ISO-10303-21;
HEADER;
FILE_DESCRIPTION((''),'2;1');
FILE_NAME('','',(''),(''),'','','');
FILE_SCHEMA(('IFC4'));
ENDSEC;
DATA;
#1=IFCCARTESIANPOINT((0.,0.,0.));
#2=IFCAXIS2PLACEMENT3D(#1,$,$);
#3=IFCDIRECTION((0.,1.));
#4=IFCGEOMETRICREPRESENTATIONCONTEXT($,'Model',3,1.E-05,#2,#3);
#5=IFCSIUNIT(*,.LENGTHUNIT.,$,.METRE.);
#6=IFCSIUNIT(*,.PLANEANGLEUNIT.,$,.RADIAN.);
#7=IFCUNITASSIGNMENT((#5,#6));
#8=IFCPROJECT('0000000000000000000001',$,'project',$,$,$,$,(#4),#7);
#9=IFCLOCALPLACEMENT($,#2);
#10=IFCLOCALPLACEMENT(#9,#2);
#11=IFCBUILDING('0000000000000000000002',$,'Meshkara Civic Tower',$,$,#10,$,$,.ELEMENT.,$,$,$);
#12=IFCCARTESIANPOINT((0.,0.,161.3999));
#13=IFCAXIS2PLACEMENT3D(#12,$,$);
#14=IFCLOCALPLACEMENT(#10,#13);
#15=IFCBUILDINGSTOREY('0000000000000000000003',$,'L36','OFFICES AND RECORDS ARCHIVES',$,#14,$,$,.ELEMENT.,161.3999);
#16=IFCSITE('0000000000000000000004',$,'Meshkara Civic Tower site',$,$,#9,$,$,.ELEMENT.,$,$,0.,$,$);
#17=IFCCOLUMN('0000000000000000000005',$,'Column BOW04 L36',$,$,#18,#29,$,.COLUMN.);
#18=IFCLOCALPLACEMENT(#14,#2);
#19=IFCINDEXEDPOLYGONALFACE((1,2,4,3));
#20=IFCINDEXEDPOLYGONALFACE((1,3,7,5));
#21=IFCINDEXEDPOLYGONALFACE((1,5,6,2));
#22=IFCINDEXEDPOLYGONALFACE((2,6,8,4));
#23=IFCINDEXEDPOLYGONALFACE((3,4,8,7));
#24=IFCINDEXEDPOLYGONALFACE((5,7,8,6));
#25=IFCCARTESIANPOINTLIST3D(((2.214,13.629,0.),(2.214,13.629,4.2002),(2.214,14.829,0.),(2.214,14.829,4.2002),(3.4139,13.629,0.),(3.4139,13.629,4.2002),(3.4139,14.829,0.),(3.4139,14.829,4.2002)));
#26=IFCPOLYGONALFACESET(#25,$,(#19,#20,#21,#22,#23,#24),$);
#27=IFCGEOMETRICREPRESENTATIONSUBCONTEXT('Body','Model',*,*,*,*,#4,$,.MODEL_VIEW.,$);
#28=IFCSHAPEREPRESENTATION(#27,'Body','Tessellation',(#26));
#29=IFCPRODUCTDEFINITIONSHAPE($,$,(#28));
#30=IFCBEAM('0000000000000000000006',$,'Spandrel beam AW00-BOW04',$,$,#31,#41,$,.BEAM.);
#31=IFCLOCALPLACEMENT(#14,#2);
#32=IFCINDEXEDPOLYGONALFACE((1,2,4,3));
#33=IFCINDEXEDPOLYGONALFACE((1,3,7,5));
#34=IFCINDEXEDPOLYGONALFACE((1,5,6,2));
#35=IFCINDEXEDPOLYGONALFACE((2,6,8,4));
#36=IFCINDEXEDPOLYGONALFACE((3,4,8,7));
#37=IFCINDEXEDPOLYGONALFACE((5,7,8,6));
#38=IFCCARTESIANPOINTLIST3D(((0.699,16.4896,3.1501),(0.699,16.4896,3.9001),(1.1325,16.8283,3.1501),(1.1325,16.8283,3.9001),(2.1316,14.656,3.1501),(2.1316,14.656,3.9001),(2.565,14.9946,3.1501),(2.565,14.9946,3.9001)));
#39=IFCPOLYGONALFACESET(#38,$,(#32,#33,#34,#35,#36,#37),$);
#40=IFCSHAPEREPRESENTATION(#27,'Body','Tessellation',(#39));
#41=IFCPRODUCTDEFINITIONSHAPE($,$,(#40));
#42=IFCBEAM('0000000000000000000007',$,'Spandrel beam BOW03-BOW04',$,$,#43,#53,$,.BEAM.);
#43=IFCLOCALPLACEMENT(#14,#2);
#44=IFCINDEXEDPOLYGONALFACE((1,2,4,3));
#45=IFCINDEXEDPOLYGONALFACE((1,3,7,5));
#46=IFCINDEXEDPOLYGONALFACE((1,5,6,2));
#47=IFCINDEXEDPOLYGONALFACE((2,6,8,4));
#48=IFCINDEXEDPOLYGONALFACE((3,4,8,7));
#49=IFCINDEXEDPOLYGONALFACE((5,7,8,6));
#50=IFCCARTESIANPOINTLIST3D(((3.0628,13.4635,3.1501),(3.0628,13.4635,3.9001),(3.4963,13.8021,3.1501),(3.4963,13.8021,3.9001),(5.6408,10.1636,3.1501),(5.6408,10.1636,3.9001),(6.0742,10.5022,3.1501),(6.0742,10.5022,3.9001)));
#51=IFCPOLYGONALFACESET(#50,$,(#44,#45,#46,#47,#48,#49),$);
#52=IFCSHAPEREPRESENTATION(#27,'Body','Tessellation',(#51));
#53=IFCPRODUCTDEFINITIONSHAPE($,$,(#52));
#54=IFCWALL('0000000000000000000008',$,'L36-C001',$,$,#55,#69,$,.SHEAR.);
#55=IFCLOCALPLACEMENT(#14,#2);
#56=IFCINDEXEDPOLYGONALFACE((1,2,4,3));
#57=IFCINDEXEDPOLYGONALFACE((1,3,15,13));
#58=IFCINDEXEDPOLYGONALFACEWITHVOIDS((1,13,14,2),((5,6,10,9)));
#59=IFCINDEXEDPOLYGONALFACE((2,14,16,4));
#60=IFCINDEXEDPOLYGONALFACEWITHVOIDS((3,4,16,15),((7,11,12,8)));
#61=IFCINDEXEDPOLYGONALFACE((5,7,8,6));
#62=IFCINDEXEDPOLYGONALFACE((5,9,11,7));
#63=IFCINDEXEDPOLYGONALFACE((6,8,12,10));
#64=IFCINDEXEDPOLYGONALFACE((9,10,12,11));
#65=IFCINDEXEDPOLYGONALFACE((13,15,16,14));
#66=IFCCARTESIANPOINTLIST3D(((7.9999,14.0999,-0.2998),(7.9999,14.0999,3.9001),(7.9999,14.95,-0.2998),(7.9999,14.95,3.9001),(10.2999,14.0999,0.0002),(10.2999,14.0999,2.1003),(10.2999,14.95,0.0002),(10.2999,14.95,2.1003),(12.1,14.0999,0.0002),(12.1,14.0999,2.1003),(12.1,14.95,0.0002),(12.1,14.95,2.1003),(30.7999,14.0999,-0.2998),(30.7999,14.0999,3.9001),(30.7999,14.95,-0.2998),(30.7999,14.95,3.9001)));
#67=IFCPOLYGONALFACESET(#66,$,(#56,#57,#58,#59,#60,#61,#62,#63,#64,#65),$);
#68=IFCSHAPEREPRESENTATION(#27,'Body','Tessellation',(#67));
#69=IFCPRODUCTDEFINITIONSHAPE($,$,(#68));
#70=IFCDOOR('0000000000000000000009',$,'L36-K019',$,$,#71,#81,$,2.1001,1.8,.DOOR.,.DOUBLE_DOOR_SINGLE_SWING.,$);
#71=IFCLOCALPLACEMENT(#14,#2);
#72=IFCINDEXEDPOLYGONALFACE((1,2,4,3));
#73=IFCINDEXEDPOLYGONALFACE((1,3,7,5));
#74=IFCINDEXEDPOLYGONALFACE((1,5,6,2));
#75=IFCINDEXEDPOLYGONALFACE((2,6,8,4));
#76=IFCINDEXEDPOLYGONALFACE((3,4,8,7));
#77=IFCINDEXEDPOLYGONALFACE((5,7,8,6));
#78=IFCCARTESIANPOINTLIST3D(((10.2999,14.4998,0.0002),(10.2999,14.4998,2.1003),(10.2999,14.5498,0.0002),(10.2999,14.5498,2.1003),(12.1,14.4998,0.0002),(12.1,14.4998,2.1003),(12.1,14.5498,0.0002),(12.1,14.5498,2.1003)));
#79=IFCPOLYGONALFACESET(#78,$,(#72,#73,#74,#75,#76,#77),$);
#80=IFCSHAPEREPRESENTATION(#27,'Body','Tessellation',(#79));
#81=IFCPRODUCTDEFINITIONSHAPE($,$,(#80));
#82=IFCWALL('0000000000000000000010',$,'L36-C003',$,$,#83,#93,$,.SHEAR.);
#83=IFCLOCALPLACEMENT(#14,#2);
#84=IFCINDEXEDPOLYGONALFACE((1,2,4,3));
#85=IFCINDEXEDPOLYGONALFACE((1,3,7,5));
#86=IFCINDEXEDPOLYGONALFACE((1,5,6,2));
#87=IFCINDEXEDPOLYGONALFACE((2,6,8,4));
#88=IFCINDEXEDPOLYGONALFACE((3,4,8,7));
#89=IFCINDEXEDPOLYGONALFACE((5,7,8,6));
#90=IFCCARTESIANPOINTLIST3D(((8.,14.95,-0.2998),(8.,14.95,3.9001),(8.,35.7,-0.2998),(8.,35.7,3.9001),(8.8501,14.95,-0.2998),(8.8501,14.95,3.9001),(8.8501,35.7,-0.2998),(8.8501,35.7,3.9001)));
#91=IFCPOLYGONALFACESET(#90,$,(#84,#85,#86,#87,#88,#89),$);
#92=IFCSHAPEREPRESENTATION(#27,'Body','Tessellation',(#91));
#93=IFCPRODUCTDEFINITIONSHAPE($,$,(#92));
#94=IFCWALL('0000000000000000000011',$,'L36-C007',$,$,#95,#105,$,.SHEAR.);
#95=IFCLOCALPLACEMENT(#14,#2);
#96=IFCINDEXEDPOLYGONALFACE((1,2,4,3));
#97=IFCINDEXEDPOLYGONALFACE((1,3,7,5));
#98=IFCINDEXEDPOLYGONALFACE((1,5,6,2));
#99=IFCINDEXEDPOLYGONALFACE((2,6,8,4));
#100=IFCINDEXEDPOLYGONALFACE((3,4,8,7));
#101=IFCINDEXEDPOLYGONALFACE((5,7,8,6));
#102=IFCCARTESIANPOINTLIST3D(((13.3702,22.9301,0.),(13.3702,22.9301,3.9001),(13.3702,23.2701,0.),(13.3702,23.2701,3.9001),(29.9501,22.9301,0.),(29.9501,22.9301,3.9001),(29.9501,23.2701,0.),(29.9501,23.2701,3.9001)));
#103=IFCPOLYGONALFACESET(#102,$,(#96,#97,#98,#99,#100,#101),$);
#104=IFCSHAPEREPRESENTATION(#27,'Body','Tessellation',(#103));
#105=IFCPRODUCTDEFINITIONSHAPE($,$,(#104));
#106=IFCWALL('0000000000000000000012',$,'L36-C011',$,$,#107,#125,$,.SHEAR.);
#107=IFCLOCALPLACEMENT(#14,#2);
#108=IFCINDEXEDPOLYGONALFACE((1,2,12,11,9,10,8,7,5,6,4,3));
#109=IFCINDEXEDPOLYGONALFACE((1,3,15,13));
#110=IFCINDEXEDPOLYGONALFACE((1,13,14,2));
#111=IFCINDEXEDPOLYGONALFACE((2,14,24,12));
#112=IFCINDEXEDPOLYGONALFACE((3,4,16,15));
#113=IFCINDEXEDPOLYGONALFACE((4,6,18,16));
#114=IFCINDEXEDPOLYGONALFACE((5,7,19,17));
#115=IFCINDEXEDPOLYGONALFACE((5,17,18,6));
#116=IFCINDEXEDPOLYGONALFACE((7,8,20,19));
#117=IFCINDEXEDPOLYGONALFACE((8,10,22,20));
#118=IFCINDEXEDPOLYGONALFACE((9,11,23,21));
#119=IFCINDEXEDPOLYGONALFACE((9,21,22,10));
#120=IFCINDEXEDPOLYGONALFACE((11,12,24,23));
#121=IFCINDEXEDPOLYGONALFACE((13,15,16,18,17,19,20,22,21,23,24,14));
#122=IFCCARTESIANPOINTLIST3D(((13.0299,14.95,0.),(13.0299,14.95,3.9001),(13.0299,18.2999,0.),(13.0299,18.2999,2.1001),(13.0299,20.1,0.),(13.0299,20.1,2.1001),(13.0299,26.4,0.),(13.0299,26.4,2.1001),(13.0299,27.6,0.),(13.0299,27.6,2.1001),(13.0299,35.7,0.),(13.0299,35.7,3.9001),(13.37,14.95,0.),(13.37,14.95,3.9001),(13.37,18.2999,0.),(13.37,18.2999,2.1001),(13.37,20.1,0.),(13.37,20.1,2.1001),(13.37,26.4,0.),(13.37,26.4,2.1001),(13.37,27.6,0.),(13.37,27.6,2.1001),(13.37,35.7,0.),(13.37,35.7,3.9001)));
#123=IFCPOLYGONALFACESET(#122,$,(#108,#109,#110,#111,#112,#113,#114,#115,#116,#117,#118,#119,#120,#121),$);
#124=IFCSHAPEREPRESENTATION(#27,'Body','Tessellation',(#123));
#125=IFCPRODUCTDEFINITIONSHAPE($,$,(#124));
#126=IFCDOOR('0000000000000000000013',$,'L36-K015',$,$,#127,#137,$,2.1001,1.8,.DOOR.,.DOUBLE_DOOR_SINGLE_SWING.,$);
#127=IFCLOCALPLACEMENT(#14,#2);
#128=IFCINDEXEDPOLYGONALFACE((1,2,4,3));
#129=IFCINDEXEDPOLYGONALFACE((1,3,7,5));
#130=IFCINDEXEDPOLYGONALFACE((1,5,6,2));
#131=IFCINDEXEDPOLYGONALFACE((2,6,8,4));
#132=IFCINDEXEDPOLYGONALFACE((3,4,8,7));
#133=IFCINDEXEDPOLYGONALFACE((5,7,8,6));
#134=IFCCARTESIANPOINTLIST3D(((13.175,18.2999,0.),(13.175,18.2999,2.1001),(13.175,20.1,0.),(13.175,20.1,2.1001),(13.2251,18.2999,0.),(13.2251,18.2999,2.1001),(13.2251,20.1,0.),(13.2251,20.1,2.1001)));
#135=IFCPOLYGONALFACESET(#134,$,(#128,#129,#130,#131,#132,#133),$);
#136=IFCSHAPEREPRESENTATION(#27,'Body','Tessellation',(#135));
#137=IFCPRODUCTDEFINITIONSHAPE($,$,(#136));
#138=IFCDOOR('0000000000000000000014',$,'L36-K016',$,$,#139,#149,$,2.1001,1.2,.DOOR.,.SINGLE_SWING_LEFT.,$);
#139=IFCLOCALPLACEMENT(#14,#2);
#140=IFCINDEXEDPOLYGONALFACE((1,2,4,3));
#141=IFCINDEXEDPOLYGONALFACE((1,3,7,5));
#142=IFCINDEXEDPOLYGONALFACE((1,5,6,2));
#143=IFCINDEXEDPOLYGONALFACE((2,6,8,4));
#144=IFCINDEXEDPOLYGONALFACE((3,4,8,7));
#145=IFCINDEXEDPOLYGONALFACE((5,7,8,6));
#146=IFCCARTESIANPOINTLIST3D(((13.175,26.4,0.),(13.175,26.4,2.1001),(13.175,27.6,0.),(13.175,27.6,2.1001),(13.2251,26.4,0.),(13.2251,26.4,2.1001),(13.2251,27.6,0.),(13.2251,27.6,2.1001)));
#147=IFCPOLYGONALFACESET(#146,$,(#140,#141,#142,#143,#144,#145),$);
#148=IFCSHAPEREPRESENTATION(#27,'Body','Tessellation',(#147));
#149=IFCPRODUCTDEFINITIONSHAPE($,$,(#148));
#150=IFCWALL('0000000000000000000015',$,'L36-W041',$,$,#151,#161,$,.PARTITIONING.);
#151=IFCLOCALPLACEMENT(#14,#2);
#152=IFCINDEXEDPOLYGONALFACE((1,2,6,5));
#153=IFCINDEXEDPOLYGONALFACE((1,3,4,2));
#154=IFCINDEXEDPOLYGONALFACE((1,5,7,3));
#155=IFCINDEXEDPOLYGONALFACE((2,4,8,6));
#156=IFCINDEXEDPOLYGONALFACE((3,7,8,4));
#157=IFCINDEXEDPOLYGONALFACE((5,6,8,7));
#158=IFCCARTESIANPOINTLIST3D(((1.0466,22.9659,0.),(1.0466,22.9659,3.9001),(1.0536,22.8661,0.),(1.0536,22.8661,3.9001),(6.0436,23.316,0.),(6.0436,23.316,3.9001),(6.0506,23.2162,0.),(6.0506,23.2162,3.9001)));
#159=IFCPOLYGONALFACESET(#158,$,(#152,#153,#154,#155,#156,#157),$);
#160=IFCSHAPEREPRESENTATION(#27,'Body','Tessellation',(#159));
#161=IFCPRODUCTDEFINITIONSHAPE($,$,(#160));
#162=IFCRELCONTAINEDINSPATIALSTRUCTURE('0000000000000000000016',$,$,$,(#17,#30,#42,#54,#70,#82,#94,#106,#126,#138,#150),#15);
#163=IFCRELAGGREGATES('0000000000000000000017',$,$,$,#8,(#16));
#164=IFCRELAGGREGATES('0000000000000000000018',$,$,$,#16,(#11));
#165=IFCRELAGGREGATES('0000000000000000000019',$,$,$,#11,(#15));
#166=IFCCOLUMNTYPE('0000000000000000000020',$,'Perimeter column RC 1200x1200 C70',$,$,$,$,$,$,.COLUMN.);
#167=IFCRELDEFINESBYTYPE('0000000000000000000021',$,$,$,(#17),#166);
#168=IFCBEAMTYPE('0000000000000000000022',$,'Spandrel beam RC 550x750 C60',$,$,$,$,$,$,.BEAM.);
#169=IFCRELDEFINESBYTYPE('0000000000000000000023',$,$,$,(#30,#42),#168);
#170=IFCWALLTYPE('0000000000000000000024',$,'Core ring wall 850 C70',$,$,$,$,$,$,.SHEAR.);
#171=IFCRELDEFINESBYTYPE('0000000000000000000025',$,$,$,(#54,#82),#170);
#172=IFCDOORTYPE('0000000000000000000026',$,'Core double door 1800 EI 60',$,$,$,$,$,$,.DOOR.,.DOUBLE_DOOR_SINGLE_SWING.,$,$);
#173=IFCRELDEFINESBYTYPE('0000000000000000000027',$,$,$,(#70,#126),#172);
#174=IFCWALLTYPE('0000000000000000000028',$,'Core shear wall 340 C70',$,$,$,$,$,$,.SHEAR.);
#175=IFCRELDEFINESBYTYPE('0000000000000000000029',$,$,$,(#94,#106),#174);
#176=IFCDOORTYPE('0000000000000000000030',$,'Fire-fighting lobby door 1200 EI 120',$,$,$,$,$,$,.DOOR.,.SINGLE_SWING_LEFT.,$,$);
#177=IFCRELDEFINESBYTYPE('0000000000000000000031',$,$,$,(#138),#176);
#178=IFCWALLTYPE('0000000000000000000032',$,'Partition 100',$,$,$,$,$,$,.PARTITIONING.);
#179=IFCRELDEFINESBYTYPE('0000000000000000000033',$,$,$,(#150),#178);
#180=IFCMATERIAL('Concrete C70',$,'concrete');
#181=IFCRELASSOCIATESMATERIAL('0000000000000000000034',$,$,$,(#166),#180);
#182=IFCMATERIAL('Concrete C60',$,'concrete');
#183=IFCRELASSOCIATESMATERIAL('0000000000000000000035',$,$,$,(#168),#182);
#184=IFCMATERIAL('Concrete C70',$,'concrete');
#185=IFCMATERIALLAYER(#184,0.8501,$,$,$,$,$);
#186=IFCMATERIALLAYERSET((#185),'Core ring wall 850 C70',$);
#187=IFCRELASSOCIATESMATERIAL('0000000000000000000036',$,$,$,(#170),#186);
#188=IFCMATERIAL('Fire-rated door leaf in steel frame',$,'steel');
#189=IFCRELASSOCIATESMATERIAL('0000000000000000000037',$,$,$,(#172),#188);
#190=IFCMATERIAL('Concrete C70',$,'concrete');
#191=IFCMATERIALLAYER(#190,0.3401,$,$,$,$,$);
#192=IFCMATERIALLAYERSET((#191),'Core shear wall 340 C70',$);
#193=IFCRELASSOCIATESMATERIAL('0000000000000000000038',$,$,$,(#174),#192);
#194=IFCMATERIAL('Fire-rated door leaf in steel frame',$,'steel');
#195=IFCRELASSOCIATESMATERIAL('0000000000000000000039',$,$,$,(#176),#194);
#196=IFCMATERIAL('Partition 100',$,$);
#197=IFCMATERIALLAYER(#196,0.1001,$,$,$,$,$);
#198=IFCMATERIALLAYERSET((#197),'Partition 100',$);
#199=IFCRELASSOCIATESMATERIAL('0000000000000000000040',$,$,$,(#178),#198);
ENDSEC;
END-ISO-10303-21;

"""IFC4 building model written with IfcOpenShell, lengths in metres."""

from ifc_helpers import new_model, si_unit, direction, frame, frame_2d, origin, origin_2d, place, context, subcontext, project, spatial, rectangle, extrude, material, layer, layer_set, material_profile, profile_set, type_object, element, fill, save


model = new_model("IFC4")

# Units and contexts
model_context = context("Model", 3, precision=1e-05, world=origin(), true_north=direction((0.0, 1.0)))
body_context = subcontext(model_context, "Body", "Model", "MODEL_VIEW")
ifc_project = project(units=[si_unit("LENGTHUNIT", "METRE"), si_unit("PLANEANGLEUNIT", "RADIAN")], contexts=[model_context])

# Site, building, storey
site_placement = place(None, origin())
site = spatial("IfcSite", under=ifc_project, at=site_placement, Name="Meshkara Civic Tower site", CompositionType="ELEMENT", RefElevation=0.0)
building_placement = place(site_placement, origin())
building = spatial("IfcBuilding", under=site, at=building_placement, Name="Meshkara Civic Tower", CompositionType="ELEMENT")
storey_placement = place(building_placement, frame((0.0, 0.0, 161.3999)))
storey = spatial("IfcBuildingStorey", under=building, at=storey_placement, Name="L36", Description="OFFICES AND RECORDS ARCHIVES", CompositionType="ELEMENT", Elevation=161.3999)

# Column
ifc_material_1 = material(Name="Concrete C70", Category="concrete")
ifc_material_profile_1 = material_profile(ifc_material_1, rectangle(XDim=1.2, YDim=1.2, at=origin_2d()))
ifc_profile_set_1 = profile_set([ifc_material_profile_1], Name="Concrete C70")
column_type = type_object("IfcColumnType", Name="Perimeter column RC 1200x1200 C70", PredefinedType="COLUMN", material=ifc_profile_set_1)
column_placement = place(storey_placement, frame((2.814, 14.229, 0.0), z_axis=(0.0, 0.0, 1.0), x_axis=(1.0, 0.0, 0.0)))
element("IfcColumn", 1, at=column_placement, inside=storey, type_object=column_type, Name="Column BOW04 L36", PredefinedType="COLUMN", context=body_context, shape_type="SweptSolid", body=[
    extrude(rectangle(XDim=1.2, YDim=1.2, at=origin_2d()), origin(), (0.0, 0.0, 1.0), 4.2002),
])

# Beams
ifc_material_2 = material(Name="Concrete C60", Category="concrete")
ifc_material_profile_2 = material_profile(ifc_material_2, rectangle(XDim=0.55, YDim=0.75, at=origin_2d()))
ifc_profile_set_2 = profile_set([ifc_material_profile_2], Name="Concrete C60")
beam_type = type_object("IfcBeamType", Name="Spandrel beam RC 550x750 C60", PredefinedType="BEAM", material=ifc_profile_set_2)
beam_1_placement = place(storey_placement, frame((0.9158, 16.6589, 3.5251), z_axis=(0.615646, -0.788023, 0.0), x_axis=(0.788023, 0.615646, 0.0)))
element("IfcBeam", 2, at=beam_1_placement, inside=storey, type_object=beam_type, Name="Spandrel beam AW00-BOW04", PredefinedType="BEAM", context=body_context, shape_type="SweptSolid", body=[
    extrude(rectangle(XDim=0.55, YDim=0.75, at=origin_2d()), origin(), (0.0, 0.0, 1.0), 2.3269),
])
beam_2_placement = place(storey_placement, frame((3.2795, 13.6328, 3.5251), z_axis=(0.61563, -0.788035, 0.0), x_axis=(0.788035, 0.61563, 0.0)))
element("IfcBeam", 3, at=beam_2_placement, inside=storey, type_object=beam_type, Name="Spandrel beam BOW03-BOW04", PredefinedType="BEAM", context=body_context, shape_type="SweptSolid", body=[
    extrude(rectangle(XDim=0.55, YDim=0.75, at=origin_2d()), origin(), (0.0, 0.0, 1.0), 4.1875),
])

# Wall, opening, door
ifc_material_3 = material(Name="Concrete C70", Category="concrete")
ifc_layer_1 = layer(ifc_material_3, 0.8501)
ifc_layer_set_1 = layer_set([ifc_layer_1], Name="Core ring wall 850 C70")
wall_type_1 = type_object("IfcWallType", Name="Core ring wall 850 C70", PredefinedType="SHEAR", material=ifc_layer_set_1)
wall_1_placement = place(storey_placement, frame((8.0, 14.5249, -0.2998), z_axis=(0.0, 0.0, 1.0), x_axis=(1.0, 0.0, 0.0)))
wall_1 = element("IfcWall", 4, at=wall_1_placement, inside=storey, type_object=wall_type_1, Name="L36-C001", PredefinedType="SHEAR", context=body_context, shape_type="SweptSolid", body=[
    extrude(rectangle(XDim=22.8, YDim=0.8501, at=frame_2d((11.3999, 0.0))), origin(), (0.0, 0.0, 1.0), 4.2),
])
opening_1_placement = place(wall_1_placement, frame((2.3, 0.0, 0.3)))
opening_1 = element("IfcOpeningElement", 5, at=opening_1_placement, cuts=wall_1, PredefinedType="OPENING", context=body_context, shape_type="SweptSolid", body=[
    extrude(rectangle(XDim=1.8, YDim=2.1001, at=frame_2d((0.8999, 1.05))), frame((0.0, 0.4351, 0.0), z_axis=(0.0, -1.0, 0.0), x_axis=(1.0, 0.0, 0.0)), (0.0, 0.0, 1.0), 0.8701),
])
ifc_material_4 = material(Name="Fire-rated door leaf in steel frame", Category="steel")
door_type_1 = type_object("IfcDoorType", Name="Core double door 1800 EI 60", OperationType="DOUBLE_DOOR_SINGLE_SWING", PredefinedType="DOOR", material=ifc_material_4)
door_1_placement = place(opening_1_placement, origin())
door_1 = element("IfcDoor", 6, at=door_1_placement, inside=storey, type_object=door_type_1, Name="L36-K019", OperationType="DOUBLE_DOOR_SINGLE_SWING", OverallHeight=2.1001, OverallWidth=1.8, PredefinedType="DOOR", context=body_context, shape_type="SweptSolid", body=[
    extrude(rectangle(XDim=1.8, YDim=2.1001, at=frame_2d((0.8999, 1.05))), frame((0.0, 0.0249, 0.0), z_axis=(0.0, -1.0, 0.0), x_axis=(1.0, 0.0, 0.0)), (0.0, 0.0, 1.0), 0.05),
])
fill(opening_1, door_1)

# Walls
wall_2_placement = place(storey_placement, frame((8.425, 14.95, -0.2998), z_axis=(0.0, 0.0, 1.0), x_axis=(0.0, 1.0, 0.0)))
element("IfcWall", 7, at=wall_2_placement, inside=storey, type_object=wall_type_1, Name="L36-C003", PredefinedType="SHEAR", context=body_context, shape_type="SweptSolid", body=[
    extrude(rectangle(XDim=20.75, YDim=0.8501, at=frame_2d((10.375, 0.0))), origin(), (0.0, 0.0, 1.0), 4.2),
])
ifc_material_5 = material(Name="Concrete C70", Category="concrete")
ifc_layer_2 = layer(ifc_material_5, 0.3401)
ifc_layer_set_2 = layer_set([ifc_layer_2], Name="Core shear wall 340 C70")
wall_type_2 = type_object("IfcWallType", Name="Core shear wall 340 C70", PredefinedType="SHEAR", material=ifc_layer_set_2)
wall_3_placement = place(storey_placement, frame((13.3701, 23.1001, 0.0), z_axis=(0.0, 0.0, 1.0), x_axis=(1.0, 0.0, 0.0)))
element("IfcWall", 8, at=wall_3_placement, inside=storey, type_object=wall_type_2, Name="L36-C007", PredefinedType="SHEAR", context=body_context, shape_type="SweptSolid", body=[
    extrude(rectangle(XDim=16.5798, YDim=0.3401, at=frame_2d((8.29, 0.0))), origin(), (0.0, 0.0, 1.0), 3.9001),
])

# Wall, openings, doors
wall_4_placement = place(storey_placement, frame((13.2, 14.95, 0.0), z_axis=(0.0, 0.0, 1.0), x_axis=(0.0, 1.0, 0.0)))
wall_4 = element("IfcWall", 9, at=wall_4_placement, inside=storey, type_object=wall_type_2, Name="L36-C011", PredefinedType="SHEAR", context=body_context, shape_type="SweptSolid", body=[
    extrude(rectangle(XDim=20.75, YDim=0.3401, at=frame_2d((10.375, 0.0))), origin(), (0.0, 0.0, 1.0), 3.9001),
])
opening_2_placement = place(wall_4_placement, frame((3.3501, 0.0, 0.0)))
opening_2 = element("IfcOpeningElement", 10, at=opening_2_placement, cuts=wall_4, PredefinedType="OPENING", context=body_context, shape_type="SweptSolid", body=[
    extrude(rectangle(XDim=1.8, YDim=2.1001, at=frame_2d((0.8999, 1.05))), frame((0.0, 0.1799, 0.0), z_axis=(0.0, -1.0, 0.0), x_axis=(1.0, 0.0, 0.0)), (0.0, 0.0, 1.0), 0.3601),
])
opening_3_placement = place(wall_4_placement, frame((11.45, 0.0, 0.0)))
opening_3 = element("IfcOpeningElement", 11, at=opening_3_placement, cuts=wall_4, PredefinedType="OPENING", context=body_context, shape_type="SweptSolid", body=[
    extrude(rectangle(XDim=1.2, YDim=2.1001, at=frame_2d((0.6001, 1.05))), frame((0.0, 0.1799, 0.0), z_axis=(0.0, -1.0, 0.0), x_axis=(1.0, 0.0, 0.0)), (0.0, 0.0, 1.0), 0.3601),
])
door_2_placement = place(opening_2_placement, origin())
door_2 = element("IfcDoor", 12, at=door_2_placement, inside=storey, type_object=door_type_1, Name="L36-K015", OperationType="DOUBLE_DOOR_SINGLE_SWING", OverallHeight=2.1001, OverallWidth=1.8, PredefinedType="DOOR", context=body_context, shape_type="SweptSolid", body=[
    extrude(rectangle(XDim=1.8, YDim=2.1001, at=frame_2d((0.8999, 1.05))), frame((0.0, 0.0249, 0.0), z_axis=(0.0, -1.0, 0.0), x_axis=(1.0, 0.0, 0.0)), (0.0, 0.0, 1.0), 0.05),
])
fill(opening_2, door_2)
ifc_material_6 = material(Name="Fire-rated door leaf in steel frame", Category="steel")
door_type_2 = type_object("IfcDoorType", Name="Fire-fighting lobby door 1200 EI 120", OperationType="SINGLE_SWING_LEFT", PredefinedType="DOOR", material=ifc_material_6)
door_3_placement = place(opening_3_placement, origin())
door_3 = element("IfcDoor", 13, at=door_3_placement, inside=storey, type_object=door_type_2, Name="L36-K016", OperationType="SINGLE_SWING_LEFT", OverallHeight=2.1001, OverallWidth=1.2, PredefinedType="DOOR", context=body_context, shape_type="SweptSolid", body=[
    extrude(rectangle(XDim=1.2, YDim=2.1001, at=frame_2d((0.6001, 1.05))), frame((0.0, 0.0249, 0.0), z_axis=(0.0, -1.0, 0.0), x_axis=(1.0, 0.0, 0.0)), (0.0, 0.0, 1.0), 0.05),
])
fill(opening_3, door_3)

# Wall
ifc_material_7 = material(Name="Partition 100")
ifc_layer_3 = layer(ifc_material_7, 0.1001)
ifc_layer_set_3 = layer_set([ifc_layer_3], Name="Partition 100")
wall_type_3 = type_object("IfcWallType", Name="Partition 100", PredefinedType="PARTITIONING", material=ifc_layer_set_3)
wall_5_placement = place(storey_placement, frame((6.0471, 23.2661, 0.0), z_axis=(0.0, 0.0, 1.0), x_axis=(-0.997555, -0.069889, 0.0)))
element("IfcWall", 14, at=wall_5_placement, inside=storey, type_object=wall_type_3, Name="L36-W041", PredefinedType="PARTITIONING", context=body_context, shape_type="SweptSolid", body=[
    extrude(rectangle(XDim=5.0093, YDim=0.1001, at=frame_2d((2.5046, 0.0))), origin(), (0.0, 0.0, 1.0), 3.9001),
])

save(model, "model.ifc")
